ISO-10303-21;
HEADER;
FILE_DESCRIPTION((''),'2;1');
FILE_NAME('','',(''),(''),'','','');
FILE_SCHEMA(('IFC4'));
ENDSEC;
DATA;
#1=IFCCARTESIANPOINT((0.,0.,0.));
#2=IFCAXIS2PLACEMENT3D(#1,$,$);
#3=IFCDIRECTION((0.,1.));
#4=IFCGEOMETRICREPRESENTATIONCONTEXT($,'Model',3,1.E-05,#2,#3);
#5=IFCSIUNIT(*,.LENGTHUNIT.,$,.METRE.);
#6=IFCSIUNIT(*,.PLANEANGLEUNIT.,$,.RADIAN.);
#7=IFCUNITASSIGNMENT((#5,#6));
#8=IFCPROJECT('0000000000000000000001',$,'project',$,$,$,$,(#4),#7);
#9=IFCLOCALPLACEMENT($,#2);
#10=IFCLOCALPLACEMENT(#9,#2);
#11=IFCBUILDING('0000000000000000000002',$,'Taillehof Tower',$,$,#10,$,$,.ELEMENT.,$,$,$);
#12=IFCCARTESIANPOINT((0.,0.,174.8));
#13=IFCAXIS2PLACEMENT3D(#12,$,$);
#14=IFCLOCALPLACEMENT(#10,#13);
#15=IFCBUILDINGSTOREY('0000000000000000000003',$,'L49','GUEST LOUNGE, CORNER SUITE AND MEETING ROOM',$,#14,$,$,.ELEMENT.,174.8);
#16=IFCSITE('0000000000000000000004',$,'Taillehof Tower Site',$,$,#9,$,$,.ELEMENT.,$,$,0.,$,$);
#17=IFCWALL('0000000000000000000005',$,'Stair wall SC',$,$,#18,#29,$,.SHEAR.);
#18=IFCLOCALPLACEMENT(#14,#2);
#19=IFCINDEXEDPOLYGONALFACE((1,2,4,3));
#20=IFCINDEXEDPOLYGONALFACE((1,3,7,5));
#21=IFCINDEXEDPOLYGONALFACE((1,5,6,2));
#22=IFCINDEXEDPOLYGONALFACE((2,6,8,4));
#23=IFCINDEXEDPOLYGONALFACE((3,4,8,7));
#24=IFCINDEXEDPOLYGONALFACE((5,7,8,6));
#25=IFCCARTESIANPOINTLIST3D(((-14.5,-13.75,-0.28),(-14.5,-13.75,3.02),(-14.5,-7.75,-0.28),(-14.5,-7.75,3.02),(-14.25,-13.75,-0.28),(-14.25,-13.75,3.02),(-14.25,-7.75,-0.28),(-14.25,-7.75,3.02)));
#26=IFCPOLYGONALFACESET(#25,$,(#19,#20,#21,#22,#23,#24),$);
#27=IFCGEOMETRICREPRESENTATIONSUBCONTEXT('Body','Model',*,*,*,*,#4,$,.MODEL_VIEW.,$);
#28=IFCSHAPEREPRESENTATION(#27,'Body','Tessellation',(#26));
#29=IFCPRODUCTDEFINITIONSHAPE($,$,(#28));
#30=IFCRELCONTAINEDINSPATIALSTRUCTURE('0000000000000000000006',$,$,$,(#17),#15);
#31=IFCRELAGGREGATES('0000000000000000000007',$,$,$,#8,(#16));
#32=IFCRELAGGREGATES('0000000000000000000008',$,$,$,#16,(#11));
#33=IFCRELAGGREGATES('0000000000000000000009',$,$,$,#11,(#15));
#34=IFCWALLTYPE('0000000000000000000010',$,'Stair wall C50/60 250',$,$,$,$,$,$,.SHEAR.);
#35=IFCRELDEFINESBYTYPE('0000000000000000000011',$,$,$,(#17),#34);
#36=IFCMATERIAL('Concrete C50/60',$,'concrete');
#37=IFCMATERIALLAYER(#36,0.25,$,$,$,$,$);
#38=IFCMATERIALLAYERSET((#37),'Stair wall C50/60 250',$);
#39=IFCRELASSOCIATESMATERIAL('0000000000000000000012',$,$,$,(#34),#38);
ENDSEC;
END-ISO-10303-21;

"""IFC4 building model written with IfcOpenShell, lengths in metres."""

from ifc_helpers import new_model, si_unit, direction, frame, frame_2d, origin, place, context, subcontext, project, spatial, rectangle, extrude, material, layer, layer_set, type_object, element, save


model = new_model("IFC4")

# Units and contexts
model_context = context("Model", 3, precision=1e-05, world=origin(), true_north=direction((0.0, 1.0)))
body_context = subcontext(model_context, "Body", "Model", "MODEL_VIEW")
ifc_project = project(units=[si_unit("LENGTHUNIT", "METRE"), si_unit("PLANEANGLEUNIT", "RADIAN")], contexts=[model_context])

# Site, building, storey
site_placement = place(None, origin())
site = spatial("IfcSite", under=ifc_project, at=site_placement, Name="Taillehof Tower Site", CompositionType="ELEMENT", RefElevation=0.0)
building_placement = place(site_placement, origin())
building = spatial("IfcBuilding", under=site, at=building_placement, Name="Taillehof Tower", CompositionType="ELEMENT")
storey_placement = place(building_placement, frame((0.0, 0.0, 174.8)))
storey = spatial("IfcBuildingStorey", under=building, at=storey_placement, Name="L49", Description="GUEST LOUNGE, CORNER SUITE AND MEETING ROOM", CompositionType="ELEMENT", Elevation=174.8)

# Wall
ifc_material_1 = material(Name="Concrete C50/60", Category="concrete")
ifc_layer_1 = layer(ifc_material_1, 0.25)
ifc_layer_set_1 = layer_set([ifc_layer_1], Name="Stair wall C50/60 250")
wall_type_1 = type_object("IfcWallType", Name="Stair wall C50/60 250", PredefinedType="SHEAR", material=ifc_layer_set_1)
wall_1_placement = place(storey_placement, frame((-14.375, -13.75, -0.28), z_axis=(0.0, 0.0, 1.0), x_axis=(0.0, 1.0, 0.0)))
element("IfcWall", 1, at=wall_1_placement, inside=storey, type_object=wall_type_1, Name="Stair wall SC", PredefinedType="SHEAR", context=body_context, shape_type="SweptSolid", body=[
    extrude(rectangle(XDim=6.0, YDim=0.25, at=frame_2d((3.0, 0.0))), origin(), (0.0, 0.0, 1.0), 3.3),
])

save(model, "model.ifc")
